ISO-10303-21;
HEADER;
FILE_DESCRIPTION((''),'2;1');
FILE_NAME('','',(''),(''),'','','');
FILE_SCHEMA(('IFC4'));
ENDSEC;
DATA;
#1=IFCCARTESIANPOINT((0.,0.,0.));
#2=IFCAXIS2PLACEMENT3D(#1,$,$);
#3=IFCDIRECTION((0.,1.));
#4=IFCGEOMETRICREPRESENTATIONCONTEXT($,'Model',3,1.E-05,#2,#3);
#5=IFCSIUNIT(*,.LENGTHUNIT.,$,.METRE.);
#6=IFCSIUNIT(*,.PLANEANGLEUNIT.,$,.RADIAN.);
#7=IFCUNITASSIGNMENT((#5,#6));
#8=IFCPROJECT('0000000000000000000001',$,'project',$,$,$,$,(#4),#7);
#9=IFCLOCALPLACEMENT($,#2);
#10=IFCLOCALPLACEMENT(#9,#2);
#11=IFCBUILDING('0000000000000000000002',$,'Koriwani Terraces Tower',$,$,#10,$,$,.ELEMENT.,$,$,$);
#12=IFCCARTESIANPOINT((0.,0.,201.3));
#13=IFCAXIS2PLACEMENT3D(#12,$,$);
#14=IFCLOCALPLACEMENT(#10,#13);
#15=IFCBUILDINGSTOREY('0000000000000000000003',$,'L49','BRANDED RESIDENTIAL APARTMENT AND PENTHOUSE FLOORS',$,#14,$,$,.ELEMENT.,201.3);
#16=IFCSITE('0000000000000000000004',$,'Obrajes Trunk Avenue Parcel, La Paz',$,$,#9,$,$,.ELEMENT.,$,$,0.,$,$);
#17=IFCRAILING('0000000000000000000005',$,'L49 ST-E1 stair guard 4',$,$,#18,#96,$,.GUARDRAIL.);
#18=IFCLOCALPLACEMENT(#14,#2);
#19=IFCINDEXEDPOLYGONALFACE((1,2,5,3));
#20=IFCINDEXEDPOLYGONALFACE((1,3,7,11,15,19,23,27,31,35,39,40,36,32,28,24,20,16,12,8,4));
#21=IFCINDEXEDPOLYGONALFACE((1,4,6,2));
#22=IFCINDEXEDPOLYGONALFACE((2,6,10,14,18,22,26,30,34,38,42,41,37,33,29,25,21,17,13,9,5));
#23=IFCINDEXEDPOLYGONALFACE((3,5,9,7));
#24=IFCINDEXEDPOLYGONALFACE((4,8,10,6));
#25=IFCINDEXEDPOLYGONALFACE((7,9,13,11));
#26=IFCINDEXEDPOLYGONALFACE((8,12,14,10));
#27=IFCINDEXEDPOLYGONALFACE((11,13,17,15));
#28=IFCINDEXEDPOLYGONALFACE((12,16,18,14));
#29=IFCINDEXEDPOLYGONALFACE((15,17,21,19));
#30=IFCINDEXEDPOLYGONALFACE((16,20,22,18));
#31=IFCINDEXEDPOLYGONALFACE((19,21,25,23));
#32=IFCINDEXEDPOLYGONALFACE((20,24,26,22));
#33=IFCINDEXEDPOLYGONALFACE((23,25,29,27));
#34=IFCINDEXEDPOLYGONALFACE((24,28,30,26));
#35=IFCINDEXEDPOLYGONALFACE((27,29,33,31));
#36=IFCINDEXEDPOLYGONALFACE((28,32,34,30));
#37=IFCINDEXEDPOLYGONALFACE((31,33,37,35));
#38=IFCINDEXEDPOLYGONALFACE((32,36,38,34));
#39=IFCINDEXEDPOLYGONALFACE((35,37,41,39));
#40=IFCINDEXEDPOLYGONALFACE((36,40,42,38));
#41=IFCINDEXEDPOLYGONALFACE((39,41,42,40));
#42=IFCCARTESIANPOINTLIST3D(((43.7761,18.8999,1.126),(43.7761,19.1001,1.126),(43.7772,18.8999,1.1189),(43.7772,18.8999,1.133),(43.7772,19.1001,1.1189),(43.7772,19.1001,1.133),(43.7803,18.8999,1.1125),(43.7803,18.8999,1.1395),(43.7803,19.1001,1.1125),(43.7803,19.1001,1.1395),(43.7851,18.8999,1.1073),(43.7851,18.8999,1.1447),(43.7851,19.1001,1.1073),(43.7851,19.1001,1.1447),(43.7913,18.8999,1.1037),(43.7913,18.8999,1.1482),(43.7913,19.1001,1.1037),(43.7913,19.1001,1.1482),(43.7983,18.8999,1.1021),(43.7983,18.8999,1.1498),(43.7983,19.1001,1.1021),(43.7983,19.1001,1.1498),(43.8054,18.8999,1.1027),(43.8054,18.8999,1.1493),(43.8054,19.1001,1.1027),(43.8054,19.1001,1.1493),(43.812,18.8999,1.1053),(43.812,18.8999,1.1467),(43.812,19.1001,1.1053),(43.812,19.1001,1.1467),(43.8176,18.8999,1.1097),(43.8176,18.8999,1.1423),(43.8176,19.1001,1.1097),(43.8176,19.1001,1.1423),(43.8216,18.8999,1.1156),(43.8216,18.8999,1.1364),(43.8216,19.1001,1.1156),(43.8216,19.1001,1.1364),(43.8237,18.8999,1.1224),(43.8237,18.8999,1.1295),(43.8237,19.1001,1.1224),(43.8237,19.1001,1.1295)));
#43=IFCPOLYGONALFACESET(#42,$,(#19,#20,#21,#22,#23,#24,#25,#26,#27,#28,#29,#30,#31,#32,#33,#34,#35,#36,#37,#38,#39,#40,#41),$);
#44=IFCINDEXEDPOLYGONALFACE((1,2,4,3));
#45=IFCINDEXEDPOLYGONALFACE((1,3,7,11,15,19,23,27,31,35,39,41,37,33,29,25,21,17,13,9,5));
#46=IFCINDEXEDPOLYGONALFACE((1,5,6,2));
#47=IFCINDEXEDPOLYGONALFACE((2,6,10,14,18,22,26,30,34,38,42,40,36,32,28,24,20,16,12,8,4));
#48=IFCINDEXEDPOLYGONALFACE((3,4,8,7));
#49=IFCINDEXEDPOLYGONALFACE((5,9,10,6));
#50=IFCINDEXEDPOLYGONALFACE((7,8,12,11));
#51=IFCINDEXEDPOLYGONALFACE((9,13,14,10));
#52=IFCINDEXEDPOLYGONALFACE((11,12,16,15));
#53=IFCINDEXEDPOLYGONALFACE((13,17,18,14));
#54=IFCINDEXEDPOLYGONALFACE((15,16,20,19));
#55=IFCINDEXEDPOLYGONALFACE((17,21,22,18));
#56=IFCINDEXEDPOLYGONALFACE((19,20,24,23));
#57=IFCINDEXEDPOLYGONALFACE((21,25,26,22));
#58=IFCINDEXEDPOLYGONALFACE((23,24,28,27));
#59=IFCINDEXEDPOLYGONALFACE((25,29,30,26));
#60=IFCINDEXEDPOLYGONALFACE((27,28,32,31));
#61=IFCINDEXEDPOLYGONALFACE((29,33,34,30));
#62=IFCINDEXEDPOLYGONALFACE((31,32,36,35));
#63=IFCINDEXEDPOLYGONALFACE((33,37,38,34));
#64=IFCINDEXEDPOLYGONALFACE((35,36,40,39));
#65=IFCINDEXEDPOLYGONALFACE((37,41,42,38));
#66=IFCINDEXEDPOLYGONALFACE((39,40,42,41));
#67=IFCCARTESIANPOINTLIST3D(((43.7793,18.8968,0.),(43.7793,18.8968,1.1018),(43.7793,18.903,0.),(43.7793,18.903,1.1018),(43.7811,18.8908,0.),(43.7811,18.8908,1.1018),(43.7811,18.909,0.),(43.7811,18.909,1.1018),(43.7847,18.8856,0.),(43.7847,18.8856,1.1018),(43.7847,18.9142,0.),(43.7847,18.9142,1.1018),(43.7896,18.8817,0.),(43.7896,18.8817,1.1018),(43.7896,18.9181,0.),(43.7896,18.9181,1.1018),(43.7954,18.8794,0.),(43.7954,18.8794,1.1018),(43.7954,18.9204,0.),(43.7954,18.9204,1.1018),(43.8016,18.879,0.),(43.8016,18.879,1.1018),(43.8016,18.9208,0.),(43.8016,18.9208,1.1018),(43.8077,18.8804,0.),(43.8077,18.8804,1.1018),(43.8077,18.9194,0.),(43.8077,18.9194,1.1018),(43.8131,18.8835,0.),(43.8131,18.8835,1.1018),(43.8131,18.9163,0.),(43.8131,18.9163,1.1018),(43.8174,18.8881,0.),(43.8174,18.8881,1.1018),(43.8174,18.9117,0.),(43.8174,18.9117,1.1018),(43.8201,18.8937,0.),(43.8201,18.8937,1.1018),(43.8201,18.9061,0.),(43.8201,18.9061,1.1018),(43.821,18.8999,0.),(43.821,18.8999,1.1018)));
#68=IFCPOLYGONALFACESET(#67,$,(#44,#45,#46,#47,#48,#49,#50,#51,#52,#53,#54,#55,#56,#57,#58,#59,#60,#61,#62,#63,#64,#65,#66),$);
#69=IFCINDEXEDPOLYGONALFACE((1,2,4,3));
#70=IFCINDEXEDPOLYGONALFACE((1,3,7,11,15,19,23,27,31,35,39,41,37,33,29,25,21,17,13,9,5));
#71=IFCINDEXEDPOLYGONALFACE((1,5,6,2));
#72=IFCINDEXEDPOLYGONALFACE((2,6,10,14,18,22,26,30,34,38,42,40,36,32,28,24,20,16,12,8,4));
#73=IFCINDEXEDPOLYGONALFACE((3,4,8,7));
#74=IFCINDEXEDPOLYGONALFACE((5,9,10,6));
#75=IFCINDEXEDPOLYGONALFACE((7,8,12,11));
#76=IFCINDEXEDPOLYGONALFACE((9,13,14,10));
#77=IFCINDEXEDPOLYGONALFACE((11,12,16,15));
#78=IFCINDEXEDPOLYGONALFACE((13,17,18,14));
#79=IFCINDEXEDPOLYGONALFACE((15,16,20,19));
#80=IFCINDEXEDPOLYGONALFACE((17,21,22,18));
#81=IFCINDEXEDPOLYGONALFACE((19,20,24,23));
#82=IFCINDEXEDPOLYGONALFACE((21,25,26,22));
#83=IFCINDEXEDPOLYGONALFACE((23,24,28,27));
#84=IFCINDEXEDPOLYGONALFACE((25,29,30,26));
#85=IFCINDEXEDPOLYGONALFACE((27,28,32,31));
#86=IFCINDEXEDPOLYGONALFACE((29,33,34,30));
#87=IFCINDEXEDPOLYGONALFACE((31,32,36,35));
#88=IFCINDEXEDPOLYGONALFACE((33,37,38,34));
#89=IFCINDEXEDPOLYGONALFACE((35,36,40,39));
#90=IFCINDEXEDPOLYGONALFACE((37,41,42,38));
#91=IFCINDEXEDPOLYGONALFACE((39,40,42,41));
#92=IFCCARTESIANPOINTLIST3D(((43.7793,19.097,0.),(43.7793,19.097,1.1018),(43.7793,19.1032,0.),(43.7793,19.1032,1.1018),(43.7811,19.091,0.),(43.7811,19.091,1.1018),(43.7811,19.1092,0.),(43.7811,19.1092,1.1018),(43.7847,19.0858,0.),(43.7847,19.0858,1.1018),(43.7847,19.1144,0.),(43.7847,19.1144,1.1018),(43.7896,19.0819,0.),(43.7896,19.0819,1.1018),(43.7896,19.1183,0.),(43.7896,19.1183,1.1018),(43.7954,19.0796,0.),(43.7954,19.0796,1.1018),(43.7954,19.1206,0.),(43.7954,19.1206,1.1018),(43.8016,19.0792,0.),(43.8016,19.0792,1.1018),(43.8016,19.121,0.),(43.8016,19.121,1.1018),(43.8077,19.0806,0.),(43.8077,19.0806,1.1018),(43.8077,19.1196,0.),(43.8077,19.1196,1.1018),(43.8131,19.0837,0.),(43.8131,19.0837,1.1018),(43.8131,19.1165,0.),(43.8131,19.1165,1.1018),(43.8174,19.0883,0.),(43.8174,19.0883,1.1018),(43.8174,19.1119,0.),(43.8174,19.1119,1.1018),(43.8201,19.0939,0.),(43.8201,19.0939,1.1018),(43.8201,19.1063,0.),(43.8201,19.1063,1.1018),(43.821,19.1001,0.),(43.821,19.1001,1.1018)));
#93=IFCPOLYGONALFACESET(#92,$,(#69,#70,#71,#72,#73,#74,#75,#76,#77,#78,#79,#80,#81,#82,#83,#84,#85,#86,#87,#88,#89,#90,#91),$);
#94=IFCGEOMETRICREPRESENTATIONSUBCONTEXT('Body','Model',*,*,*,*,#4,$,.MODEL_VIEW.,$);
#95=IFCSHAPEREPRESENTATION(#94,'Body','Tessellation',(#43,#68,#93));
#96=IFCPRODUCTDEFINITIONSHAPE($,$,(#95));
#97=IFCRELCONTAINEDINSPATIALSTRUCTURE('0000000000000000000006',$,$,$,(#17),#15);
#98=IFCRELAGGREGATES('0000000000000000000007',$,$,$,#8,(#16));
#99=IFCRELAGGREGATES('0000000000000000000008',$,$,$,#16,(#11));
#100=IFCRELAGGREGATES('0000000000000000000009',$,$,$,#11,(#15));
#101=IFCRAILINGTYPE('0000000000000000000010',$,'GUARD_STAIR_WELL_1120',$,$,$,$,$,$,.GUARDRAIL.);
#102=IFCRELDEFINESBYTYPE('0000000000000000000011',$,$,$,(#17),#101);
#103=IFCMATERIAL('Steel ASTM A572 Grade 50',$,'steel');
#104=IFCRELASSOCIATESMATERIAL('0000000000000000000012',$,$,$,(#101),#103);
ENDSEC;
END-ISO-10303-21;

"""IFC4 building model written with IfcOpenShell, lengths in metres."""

from ifc_helpers import new_model, si_unit, direction, frame, origin, origin_2d, place, context, subcontext, project, spatial, circle, extrude, material, type_object, element, save


model = new_model("IFC4")

# Units and contexts
model_context = context("Model", 3, precision=1e-05, world=origin(), true_north=direction((0.0, 1.0)))
body_context = subcontext(model_context, "Body", "Model", "MODEL_VIEW")
ifc_project = project(units=[si_unit("LENGTHUNIT", "METRE"), si_unit("PLANEANGLEUNIT", "RADIAN")], contexts=[model_context])

# Site, building, storey
site_placement = place(None, origin())
site = spatial("IfcSite", under=ifc_project, at=site_placement, Name="Obrajes Trunk Avenue Parcel, La Paz", CompositionType="ELEMENT", RefElevation=0.0)
building_placement = place(site_placement, origin())
building = spatial("IfcBuilding", under=site, at=building_placement, Name="Koriwani Terraces Tower", CompositionType="ELEMENT")
storey_placement = place(building_placement, frame((0.0, 0.0, 201.3)))
storey = spatial("IfcBuildingStorey", under=building, at=storey_placement, Name="L49", Description="BRANDED RESIDENTIAL APARTMENT AND PENTHOUSE FLOORS", CompositionType="ELEMENT", Elevation=201.3)

# Shared definitions
ifc_material_1 = material(Name="Steel ASTM A572 Grade 50", Category="steel")

# Railing
railing_type_1 = type_object("IfcRailingType", Name="GUARD_STAIR_WELL_1120", PredefinedType="GUARDRAIL", material=ifc_material_1)
railing_1_placement = place(storey_placement, frame((43.8, 18.8999, 0.0)))
element("IfcRailing", 1, at=railing_1_placement, inside=storey, type_object=railing_type_1, Name="L49 ST-E1 stair guard 4", PredefinedType="GUARDRAIL", context=body_context, shape_type="SweptSolid", body=[
    extrude(circle(Radius=0.0239, at=origin_2d()), frame((0.0, 0.0, 1.126), z_axis=(0.0, 1.0, 0.0), x_axis=(-1.0, 0.0, 0.0)), (0.0, 0.0, 1.0), 0.2002),
    extrude(circle(Radius=0.021, at=origin_2d()), origin(), (0.0, 0.0, 1.0), 1.1018),
    extrude(circle(Radius=0.021, at=origin_2d()), frame((0.0, 0.2002, 0.0)), (0.0, 0.0, 1.0), 1.1018),
])

save(model, "model.ifc")
